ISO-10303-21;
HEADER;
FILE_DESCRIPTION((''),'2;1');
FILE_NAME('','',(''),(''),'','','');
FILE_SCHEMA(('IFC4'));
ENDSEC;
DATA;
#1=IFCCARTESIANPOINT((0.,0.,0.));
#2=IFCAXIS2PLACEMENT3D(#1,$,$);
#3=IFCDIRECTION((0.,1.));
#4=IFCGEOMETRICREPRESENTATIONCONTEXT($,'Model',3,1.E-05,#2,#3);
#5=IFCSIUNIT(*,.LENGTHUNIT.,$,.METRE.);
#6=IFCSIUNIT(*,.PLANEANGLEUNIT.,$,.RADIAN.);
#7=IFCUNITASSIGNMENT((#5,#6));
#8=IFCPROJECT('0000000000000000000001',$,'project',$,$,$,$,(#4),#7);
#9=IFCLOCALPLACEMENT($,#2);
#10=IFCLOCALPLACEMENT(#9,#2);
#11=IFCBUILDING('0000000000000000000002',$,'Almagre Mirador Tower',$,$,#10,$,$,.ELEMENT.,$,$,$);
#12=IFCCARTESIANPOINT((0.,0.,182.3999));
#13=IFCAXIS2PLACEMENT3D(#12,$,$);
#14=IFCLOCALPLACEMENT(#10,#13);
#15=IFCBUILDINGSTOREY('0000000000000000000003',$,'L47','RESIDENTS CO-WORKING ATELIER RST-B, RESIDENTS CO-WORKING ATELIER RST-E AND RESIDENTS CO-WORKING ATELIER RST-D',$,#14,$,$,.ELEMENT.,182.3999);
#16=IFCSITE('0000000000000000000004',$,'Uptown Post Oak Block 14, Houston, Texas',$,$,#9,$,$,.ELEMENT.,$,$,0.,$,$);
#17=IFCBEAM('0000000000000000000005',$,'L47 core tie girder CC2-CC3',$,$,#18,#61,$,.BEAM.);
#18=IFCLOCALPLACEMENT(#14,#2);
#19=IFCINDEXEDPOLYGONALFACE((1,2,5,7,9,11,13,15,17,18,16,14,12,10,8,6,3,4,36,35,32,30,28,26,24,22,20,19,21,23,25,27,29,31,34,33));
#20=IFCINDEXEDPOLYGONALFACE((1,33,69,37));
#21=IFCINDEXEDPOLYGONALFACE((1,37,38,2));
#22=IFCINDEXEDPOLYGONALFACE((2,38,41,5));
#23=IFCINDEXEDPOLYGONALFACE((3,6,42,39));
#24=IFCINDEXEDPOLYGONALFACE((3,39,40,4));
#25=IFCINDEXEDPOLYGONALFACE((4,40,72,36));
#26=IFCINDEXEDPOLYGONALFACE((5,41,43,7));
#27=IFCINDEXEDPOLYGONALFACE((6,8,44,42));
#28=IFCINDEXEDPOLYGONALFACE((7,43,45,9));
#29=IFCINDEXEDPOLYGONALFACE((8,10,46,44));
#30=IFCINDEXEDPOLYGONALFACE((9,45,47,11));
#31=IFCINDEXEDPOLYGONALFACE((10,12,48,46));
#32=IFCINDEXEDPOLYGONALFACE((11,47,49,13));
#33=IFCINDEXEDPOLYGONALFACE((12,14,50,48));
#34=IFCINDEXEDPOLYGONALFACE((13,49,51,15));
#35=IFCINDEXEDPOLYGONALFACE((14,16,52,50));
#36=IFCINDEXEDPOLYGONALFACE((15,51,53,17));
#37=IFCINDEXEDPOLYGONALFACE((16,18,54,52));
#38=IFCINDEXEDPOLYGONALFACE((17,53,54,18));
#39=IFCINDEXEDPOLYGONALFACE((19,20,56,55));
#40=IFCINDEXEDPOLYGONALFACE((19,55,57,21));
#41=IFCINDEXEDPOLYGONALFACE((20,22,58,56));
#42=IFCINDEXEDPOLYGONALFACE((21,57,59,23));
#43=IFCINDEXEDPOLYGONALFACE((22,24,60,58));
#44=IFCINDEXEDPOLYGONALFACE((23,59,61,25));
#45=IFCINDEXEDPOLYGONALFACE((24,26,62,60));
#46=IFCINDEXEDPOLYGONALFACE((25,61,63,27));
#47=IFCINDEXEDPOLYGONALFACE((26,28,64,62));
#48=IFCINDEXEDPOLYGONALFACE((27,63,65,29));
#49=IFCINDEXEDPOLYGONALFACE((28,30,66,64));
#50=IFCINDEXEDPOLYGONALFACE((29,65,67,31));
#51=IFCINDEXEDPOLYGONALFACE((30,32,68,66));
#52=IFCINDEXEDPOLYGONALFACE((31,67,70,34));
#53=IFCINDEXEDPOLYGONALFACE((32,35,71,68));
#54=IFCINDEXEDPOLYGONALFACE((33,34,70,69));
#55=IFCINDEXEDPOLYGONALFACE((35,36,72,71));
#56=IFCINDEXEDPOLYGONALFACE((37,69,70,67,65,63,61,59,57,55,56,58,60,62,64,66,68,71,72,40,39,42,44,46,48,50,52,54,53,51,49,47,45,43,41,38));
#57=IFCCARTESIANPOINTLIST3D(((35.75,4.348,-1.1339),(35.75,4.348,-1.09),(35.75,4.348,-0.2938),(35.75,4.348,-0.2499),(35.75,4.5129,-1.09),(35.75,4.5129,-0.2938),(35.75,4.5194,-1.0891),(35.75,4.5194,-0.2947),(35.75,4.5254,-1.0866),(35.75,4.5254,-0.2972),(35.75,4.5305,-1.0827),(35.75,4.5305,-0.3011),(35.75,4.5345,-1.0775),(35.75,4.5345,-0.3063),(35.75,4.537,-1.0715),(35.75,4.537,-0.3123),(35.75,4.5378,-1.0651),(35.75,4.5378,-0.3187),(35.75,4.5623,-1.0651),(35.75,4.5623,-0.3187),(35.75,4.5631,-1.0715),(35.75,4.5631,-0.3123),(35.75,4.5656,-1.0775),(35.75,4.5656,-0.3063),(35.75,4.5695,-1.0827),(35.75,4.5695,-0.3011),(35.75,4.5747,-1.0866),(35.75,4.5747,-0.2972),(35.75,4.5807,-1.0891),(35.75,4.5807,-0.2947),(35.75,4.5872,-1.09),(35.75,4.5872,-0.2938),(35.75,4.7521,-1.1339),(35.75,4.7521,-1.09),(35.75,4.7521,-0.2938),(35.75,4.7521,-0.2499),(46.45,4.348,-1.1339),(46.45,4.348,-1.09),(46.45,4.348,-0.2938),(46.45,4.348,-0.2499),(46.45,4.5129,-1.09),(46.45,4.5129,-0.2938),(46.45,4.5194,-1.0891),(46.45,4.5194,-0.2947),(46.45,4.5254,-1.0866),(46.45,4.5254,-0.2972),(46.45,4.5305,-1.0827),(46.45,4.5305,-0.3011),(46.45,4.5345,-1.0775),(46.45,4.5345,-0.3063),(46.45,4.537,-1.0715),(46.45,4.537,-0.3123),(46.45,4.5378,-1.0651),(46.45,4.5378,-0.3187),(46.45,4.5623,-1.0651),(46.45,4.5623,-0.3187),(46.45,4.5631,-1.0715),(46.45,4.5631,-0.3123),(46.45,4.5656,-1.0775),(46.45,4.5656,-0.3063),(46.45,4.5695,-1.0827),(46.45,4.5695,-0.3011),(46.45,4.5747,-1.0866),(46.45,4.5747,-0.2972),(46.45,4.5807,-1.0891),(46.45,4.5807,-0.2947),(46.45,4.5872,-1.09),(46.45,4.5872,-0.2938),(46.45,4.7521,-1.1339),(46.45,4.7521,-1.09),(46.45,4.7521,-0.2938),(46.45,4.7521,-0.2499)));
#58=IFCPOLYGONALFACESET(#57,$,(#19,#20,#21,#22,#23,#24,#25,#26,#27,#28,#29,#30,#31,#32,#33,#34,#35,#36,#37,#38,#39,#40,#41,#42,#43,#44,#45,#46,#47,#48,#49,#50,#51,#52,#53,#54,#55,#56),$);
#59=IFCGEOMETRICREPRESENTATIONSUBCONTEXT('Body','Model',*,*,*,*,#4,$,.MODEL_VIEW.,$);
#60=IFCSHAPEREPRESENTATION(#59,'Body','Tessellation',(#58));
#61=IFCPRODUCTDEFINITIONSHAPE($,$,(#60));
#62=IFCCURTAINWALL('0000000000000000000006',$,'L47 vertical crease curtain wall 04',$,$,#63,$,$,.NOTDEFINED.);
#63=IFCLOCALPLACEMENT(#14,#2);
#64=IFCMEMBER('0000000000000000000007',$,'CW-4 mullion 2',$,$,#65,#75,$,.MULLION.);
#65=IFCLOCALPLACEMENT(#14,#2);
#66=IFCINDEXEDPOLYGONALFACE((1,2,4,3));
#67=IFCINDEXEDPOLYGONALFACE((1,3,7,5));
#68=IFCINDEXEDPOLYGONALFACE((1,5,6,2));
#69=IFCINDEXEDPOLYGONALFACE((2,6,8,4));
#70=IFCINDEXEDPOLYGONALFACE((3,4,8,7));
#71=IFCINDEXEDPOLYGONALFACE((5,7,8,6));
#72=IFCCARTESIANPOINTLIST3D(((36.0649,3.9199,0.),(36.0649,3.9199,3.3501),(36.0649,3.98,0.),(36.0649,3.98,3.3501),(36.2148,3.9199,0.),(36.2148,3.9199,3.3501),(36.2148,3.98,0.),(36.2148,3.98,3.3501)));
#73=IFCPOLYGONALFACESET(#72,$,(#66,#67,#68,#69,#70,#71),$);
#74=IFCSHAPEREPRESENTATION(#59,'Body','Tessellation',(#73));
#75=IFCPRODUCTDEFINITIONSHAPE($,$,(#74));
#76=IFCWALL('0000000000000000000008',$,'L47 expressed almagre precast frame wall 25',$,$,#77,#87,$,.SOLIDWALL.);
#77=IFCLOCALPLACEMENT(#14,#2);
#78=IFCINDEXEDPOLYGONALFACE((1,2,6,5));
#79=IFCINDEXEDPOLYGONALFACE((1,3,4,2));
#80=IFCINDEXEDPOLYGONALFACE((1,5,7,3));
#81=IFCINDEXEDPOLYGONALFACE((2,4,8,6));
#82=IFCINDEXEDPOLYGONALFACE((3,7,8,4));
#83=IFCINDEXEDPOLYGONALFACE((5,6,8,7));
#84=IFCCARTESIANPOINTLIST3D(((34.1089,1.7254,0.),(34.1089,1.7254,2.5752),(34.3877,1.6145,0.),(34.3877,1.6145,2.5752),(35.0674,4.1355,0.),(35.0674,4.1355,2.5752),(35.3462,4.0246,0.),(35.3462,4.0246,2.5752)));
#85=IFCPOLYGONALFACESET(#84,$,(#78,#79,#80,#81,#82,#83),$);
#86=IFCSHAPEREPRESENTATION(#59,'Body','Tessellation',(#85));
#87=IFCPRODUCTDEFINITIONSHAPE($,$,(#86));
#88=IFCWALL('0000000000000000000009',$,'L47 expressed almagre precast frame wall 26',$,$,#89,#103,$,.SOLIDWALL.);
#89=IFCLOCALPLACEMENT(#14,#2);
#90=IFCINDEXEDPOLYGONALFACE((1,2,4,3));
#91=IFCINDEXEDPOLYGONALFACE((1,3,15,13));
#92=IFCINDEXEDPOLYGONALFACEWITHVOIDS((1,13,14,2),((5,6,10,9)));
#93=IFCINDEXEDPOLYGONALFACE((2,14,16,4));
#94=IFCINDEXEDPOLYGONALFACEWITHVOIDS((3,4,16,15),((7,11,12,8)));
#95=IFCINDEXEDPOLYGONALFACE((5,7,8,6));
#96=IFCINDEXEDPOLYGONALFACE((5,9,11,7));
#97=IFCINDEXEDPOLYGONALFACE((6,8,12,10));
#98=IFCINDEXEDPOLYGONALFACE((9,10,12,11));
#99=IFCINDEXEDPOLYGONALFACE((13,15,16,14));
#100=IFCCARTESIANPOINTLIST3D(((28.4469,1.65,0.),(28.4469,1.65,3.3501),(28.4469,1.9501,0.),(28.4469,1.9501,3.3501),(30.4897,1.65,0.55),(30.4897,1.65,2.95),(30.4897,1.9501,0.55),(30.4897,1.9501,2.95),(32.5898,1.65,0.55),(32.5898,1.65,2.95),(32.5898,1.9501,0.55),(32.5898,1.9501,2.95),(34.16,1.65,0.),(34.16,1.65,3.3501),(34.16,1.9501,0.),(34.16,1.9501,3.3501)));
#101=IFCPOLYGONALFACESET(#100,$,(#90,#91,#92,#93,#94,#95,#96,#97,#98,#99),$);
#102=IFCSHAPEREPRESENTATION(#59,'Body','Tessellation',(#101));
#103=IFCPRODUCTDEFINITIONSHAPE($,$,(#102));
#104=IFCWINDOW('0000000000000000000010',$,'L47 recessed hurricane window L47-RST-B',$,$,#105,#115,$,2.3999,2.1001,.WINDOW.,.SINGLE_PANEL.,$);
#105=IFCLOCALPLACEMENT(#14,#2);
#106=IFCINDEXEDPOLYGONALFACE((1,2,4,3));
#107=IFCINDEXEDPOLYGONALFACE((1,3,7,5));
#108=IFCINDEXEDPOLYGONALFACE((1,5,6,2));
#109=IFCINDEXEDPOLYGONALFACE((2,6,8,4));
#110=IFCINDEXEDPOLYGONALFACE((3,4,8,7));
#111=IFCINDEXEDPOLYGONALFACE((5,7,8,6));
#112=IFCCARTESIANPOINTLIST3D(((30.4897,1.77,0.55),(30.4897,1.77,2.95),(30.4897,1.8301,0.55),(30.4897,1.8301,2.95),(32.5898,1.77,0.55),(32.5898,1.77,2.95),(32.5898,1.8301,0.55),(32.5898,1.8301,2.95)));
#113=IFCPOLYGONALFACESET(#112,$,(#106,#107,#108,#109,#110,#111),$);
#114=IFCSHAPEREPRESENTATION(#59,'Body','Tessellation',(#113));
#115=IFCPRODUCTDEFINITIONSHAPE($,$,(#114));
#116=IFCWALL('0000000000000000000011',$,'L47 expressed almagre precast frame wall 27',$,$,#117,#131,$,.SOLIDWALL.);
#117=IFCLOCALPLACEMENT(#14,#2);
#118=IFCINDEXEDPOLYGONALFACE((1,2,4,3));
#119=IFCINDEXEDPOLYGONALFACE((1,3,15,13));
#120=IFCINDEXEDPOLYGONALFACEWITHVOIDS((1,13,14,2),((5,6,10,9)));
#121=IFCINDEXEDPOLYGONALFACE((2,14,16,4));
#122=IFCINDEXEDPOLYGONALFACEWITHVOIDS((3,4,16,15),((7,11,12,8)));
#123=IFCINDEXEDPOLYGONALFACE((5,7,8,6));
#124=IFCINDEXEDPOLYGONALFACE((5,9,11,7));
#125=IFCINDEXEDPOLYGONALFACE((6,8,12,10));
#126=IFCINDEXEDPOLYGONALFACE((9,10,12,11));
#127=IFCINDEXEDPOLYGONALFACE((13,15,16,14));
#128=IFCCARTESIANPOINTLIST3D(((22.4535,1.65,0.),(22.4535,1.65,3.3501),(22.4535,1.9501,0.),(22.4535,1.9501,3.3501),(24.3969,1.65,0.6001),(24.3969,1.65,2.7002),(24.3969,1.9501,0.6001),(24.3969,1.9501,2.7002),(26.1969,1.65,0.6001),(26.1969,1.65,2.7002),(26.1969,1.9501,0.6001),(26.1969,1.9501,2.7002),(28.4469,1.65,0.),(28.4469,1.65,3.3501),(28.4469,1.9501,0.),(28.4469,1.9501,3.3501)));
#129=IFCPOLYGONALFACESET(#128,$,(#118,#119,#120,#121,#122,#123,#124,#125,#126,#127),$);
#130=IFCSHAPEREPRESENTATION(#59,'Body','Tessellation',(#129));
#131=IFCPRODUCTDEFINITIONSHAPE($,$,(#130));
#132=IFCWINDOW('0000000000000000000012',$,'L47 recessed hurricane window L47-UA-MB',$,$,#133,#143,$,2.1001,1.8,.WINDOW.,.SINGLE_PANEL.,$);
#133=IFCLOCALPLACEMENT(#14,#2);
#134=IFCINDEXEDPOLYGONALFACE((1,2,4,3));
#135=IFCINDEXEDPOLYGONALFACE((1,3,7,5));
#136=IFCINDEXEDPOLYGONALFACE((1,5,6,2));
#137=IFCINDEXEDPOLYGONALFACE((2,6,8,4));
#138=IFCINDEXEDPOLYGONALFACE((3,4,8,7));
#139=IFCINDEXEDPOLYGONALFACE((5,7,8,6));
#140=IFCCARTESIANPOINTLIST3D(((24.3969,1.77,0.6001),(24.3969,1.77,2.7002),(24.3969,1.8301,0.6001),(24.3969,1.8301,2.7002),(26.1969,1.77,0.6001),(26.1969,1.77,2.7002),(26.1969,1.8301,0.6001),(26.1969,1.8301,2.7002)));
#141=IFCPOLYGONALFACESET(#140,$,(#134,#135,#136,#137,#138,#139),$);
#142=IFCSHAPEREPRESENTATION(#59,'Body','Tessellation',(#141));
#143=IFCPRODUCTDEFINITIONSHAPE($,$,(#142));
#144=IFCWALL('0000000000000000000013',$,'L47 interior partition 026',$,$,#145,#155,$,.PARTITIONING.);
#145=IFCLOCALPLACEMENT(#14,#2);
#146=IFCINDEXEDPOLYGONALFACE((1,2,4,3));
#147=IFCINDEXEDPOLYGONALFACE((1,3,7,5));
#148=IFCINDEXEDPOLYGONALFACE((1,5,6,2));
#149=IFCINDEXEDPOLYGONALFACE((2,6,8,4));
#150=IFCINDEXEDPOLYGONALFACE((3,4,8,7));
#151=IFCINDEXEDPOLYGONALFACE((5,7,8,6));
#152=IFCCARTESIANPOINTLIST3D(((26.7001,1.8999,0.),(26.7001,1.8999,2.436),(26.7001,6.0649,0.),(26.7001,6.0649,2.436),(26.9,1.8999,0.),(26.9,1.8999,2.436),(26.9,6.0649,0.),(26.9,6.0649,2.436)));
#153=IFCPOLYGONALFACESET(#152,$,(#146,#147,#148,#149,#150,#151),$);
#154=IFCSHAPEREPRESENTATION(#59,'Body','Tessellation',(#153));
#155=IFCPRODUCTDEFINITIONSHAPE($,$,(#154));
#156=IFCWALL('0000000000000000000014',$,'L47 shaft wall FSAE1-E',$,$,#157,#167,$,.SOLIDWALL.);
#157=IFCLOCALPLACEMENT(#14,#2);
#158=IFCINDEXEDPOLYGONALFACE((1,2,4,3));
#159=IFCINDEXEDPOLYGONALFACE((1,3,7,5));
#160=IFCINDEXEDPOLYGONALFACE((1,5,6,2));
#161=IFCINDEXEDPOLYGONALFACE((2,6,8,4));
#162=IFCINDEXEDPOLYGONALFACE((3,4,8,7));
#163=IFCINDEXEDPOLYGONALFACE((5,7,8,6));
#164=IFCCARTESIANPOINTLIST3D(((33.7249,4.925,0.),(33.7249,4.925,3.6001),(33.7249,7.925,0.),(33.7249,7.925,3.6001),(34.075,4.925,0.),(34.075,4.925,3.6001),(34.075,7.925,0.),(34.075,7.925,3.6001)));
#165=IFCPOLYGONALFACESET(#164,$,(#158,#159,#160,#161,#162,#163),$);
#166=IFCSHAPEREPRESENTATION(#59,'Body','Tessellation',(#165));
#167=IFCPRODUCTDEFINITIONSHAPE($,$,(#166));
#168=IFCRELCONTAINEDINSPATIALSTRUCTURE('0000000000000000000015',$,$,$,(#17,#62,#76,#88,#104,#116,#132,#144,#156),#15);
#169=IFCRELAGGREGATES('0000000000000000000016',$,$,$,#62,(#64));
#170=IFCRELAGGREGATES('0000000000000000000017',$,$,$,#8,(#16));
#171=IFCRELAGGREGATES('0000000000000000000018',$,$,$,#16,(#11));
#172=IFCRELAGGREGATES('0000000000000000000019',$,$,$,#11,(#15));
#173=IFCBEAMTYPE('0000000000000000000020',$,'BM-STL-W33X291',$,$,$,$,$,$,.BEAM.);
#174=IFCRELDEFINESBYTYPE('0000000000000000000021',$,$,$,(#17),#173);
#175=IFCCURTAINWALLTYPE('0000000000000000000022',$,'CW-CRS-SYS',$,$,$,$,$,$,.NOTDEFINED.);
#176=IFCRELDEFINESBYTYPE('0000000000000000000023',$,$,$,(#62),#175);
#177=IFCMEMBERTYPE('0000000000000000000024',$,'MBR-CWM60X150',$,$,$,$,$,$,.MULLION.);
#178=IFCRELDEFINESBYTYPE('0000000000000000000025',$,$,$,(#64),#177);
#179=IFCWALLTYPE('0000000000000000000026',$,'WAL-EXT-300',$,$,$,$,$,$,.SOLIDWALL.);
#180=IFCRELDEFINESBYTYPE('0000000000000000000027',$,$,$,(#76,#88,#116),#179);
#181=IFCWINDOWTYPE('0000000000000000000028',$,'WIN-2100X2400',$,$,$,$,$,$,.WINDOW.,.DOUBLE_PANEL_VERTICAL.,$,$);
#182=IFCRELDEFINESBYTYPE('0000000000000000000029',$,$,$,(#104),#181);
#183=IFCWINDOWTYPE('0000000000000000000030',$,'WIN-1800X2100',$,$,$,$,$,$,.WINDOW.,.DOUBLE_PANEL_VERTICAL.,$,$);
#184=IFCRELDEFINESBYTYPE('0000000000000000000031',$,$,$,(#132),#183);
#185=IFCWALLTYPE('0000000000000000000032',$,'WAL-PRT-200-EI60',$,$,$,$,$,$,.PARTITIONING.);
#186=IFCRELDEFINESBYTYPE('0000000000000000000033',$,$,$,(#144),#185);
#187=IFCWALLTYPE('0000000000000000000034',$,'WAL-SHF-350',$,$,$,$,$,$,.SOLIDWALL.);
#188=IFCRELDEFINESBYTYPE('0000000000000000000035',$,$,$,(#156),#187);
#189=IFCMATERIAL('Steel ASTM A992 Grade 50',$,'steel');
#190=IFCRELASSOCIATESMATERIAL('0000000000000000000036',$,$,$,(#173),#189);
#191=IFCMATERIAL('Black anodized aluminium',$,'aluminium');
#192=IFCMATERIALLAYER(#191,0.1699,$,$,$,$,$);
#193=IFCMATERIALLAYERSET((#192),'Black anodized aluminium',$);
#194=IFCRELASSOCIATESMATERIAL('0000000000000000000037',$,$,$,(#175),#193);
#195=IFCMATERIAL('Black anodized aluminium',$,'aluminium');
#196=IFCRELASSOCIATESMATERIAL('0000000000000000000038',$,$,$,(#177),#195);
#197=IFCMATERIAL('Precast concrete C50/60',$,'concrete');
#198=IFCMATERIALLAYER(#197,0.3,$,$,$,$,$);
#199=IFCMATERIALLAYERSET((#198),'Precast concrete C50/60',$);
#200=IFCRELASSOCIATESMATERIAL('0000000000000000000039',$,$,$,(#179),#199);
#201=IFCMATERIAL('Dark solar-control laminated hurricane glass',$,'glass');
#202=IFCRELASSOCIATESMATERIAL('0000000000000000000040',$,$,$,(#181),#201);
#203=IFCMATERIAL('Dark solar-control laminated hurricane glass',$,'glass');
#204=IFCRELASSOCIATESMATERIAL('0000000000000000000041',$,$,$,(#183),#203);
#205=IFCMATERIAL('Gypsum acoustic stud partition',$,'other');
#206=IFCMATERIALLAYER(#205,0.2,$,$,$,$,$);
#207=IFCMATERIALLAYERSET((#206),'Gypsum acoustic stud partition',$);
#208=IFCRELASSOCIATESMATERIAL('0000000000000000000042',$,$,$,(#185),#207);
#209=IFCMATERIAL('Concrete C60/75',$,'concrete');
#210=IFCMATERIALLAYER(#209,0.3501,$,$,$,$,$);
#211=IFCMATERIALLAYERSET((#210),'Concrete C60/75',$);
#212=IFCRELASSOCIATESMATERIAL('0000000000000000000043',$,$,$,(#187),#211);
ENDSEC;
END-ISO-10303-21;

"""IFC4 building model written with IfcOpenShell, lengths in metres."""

from ifc_helpers import new_model, si_unit, direction, frame, frame_2d, origin, origin_2d, place, context, subcontext, project, spatial, rectangle, i_section, extrude, material, layer, layer_set, material_profile, profile_set, type_object, element, fill, aggregate, save


model = new_model("IFC4")

# Units and contexts
model_context = context("Model", 3, precision=1e-05, world=origin(), true_north=direction((0.0, 1.0)))
body_context = subcontext(model_context, "Body", "Model", "MODEL_VIEW")
ifc_project = project(units=[si_unit("LENGTHUNIT", "METRE"), si_unit("PLANEANGLEUNIT", "RADIAN")], contexts=[model_context])

# Site, building, storey
site_placement = place(None, origin())
site = spatial("IfcSite", under=ifc_project, at=site_placement, Name="Uptown Post Oak Block 14, Houston, Texas", CompositionType="ELEMENT", RefElevation=0.0)
building_placement = place(site_placement, origin())
building = spatial("IfcBuilding", under=site, at=building_placement, Name="Almagre Mirador Tower", CompositionType="ELEMENT")
storey_placement = place(building_placement, frame((0.0, 0.0, 182.3999)))
storey = spatial("IfcBuildingStorey", under=building, at=storey_placement, Name="L47", Description="RESIDENTS CO-WORKING ATELIER RST-B, RESIDENTS CO-WORKING ATELIER RST-E AND RESIDENTS CO-WORKING ATELIER RST-D", CompositionType="ELEMENT", Elevation=182.3999)

# Beam
ifc_material_1 = material(Name="Steel ASTM A992 Grade 50", Category="steel")
ifc_material_profile_1 = material_profile(ifc_material_1, i_section(OverallWidth=0.4041, OverallDepth=0.884, WebThickness=0.0244, FlangeThickness=0.0439, FilletRadius=0.0249, at=origin_2d()), Name="W33X291")
ifc_profile_set_1 = profile_set([ifc_material_profile_1], Name="Steel ASTM A992 Grade 50")
beam_type_1 = type_object("IfcBeamType", Name="BM-STL-W33X291", PredefinedType="BEAM", material=ifc_profile_set_1)
beam_1_placement = place(storey_placement, frame((35.75, 4.55, -0.6919), z_axis=(1.0, 0.0, 0.0), x_axis=(0.0, 1.0, 0.0)))
element("IfcBeam", 1, at=beam_1_placement, inside=storey, type_object=beam_type_1, Name="L47 core tie girder CC2-CC3", PredefinedType="BEAM", context=body_context, shape_type="SweptSolid", body=[
    extrude(i_section(OverallWidth=0.4041, OverallDepth=0.884, WebThickness=0.0244, FlangeThickness=0.0439, FilletRadius=0.0249, at=origin_2d()), origin(), (0.0, 0.0, 1.0), 10.7),
])

# Curtain wall, member
ifc_material_2 = material(Name="Black anodized aluminium", Category="aluminium")
ifc_layer_1 = layer(ifc_material_2, 0.1699)
ifc_layer_set_1 = layer_set([ifc_layer_1], Name="Black anodized aluminium")
curtain_wall_type = type_object("IfcCurtainWallType", Name="CW-CRS-SYS", PredefinedType="NOTDEFINED", material=ifc_layer_set_1)
curtain_wall_placement = place(storey_placement, origin())
curtain_wall = element("IfcCurtainWall", 2, at=curtain_wall_placement, inside=storey, type_object=curtain_wall_type, Name="L47 vertical crease curtain wall 04", PredefinedType="NOTDEFINED")
ifc_material_3 = material(Name="Black anodized aluminium", Category="aluminium")
ifc_material_profile_2 = material_profile(ifc_material_3, rectangle(XDim=0.0601, YDim=0.1499, at=origin_2d()), Name="CWM60X150")
ifc_profile_set_2 = profile_set([ifc_material_profile_2], Name="Black anodized aluminium")
member_type = type_object("IfcMemberType", Name="MBR-CWM60X150", PredefinedType="MULLION", material=ifc_profile_set_2)
member_placement = place(storey_placement, frame((36.1399, 3.95, 0.0), z_axis=(0.0, 0.0, 1.0), x_axis=(0.0, -1.0, 0.0)))
member = element("IfcMember", 3, at=member_placement, type_object=member_type, Name="CW-4 mullion 2", PredefinedType="MULLION", context=body_context, shape_type="SweptSolid", body=[
    extrude(rectangle(XDim=0.0601, YDim=0.1499, at=origin_2d()), origin(), (0.0, 0.0, 1.0), 3.3501),
])
aggregate(curtain_wall, [member])

# Wall
ifc_material_4 = material(Name="Precast concrete C50/60", Category="concrete")
ifc_layer_2 = layer(ifc_material_4, 0.3)
ifc_layer_set_2 = layer_set([ifc_layer_2], Name="Precast concrete C50/60")
wall_type_1 = type_object("IfcWallType", Name="WAL-EXT-300", PredefinedType="SOLIDWALL", material=ifc_layer_set_2)
wall_1_placement = place(storey_placement, frame((35.2068, 4.0801, 0.0), z_axis=(0.0, 0.0, 1.0), x_axis=(-0.36954, -0.929215, 0.0)))
element("IfcWall", 4, at=wall_1_placement, inside=storey, type_object=wall_type_1, Name="L47 expressed almagre precast frame wall 25", PredefinedType="SOLIDWALL", context=body_context, shape_type="SweptSolid", body=[
    extrude(rectangle(XDim=2.5938, YDim=0.3, at=frame_2d((1.2969, 0.0))), origin(), (0.0, 0.0, 1.0), 2.5752),
])

# Walls, openings, windows
wall_2_placement = place(storey_placement, frame((34.1599, 1.8, 0.0), z_axis=(0.0, 0.0, 1.0), x_axis=(-1.0, 0.0, 0.0)))
wall_2 = element("IfcWall", 5, at=wall_2_placement, inside=storey, type_object=wall_type_1, Name="L47 expressed almagre precast frame wall 26", PredefinedType="SOLIDWALL", context=body_context, shape_type="SweptSolid", body=[
    extrude(rectangle(XDim=5.7131, YDim=0.3, at=frame_2d((2.8564, 0.0))), origin(), (0.0, 0.0, 1.0), 3.3501),
])
opening_1_placement = place(wall_2_placement, frame((1.5701, 0.0, 0.55)))
opening_1 = element("IfcOpeningElement", 6, at=opening_1_placement, cuts=wall_2, PredefinedType="OPENING", context=body_context, shape_type="SweptSolid", body=[
    extrude(rectangle(XDim=2.1001, YDim=2.3999, at=frame_2d((1.05, 1.2))), frame((0.0, 0.1599, 0.0), z_axis=(0.0, -1.0, 0.0), x_axis=(1.0, 0.0, 0.0)), (0.0, 0.0, 1.0), 0.32),
])
ifc_material_5 = material(Name="Dark solar-control laminated hurricane glass", Category="glass")
window_type_1 = type_object("IfcWindowType", Name="WIN-2100X2400", PartitioningType="DOUBLE_PANEL_VERTICAL", PredefinedType="WINDOW", material=ifc_material_5)
window_1_placement = place(opening_1_placement, origin())
window_1 = element("IfcWindow", 7, at=window_1_placement, inside=storey, type_object=window_type_1, Name="L47 recessed hurricane window L47-RST-B", OverallHeight=2.3999, OverallWidth=2.1001, PartitioningType="SINGLE_PANEL", PredefinedType="WINDOW", context=body_context, shape_type="SweptSolid", body=[
    extrude(rectangle(XDim=2.1001, YDim=2.3999, at=frame_2d((1.05, 1.2))), frame((0.0, 0.03, 0.0), z_axis=(0.0, -1.0, 0.0), x_axis=(1.0, 0.0, 0.0)), (0.0, 0.0, 1.0), 0.0601),
])
fill(opening_1, window_1)
wall_3_placement = place(storey_placement, frame((28.4468, 1.8, 0.0), z_axis=(0.0, 0.0, 1.0), x_axis=(-1.0, 0.0, 0.0)))
wall_3 = element("IfcWall", 8, at=wall_3_placement, inside=storey, type_object=wall_type_1, Name="L47 expressed almagre precast frame wall 27", PredefinedType="SOLIDWALL", context=body_context, shape_type="SweptSolid", body=[
    extrude(rectangle(XDim=5.9934, YDim=0.3, at=frame_2d((2.9966, 0.0))), origin(), (0.0, 0.0, 1.0), 3.3501),
])
opening_2_placement = place(wall_3_placement, frame((2.25, 0.0, 0.6001)))
opening_2 = element("IfcOpeningElement", 9, at=opening_2_placement, cuts=wall_3, PredefinedType="OPENING", context=body_context, shape_type="SweptSolid", body=[
    extrude(rectangle(XDim=1.8, YDim=2.1001, at=frame_2d((0.8999, 1.05))), frame((0.0, 0.1599, 0.0), z_axis=(0.0, -1.0, 0.0), x_axis=(1.0, 0.0, 0.0)), (0.0, 0.0, 1.0), 0.32),
])
ifc_material_6 = material(Name="Dark solar-control laminated hurricane glass", Category="glass")
window_type_2 = type_object("IfcWindowType", Name="WIN-1800X2100", PartitioningType="DOUBLE_PANEL_VERTICAL", PredefinedType="WINDOW", material=ifc_material_6)
window_2_placement = place(opening_2_placement, origin())
window_2 = element("IfcWindow", 10, at=window_2_placement, inside=storey, type_object=window_type_2, Name="L47 recessed hurricane window L47-UA-MB", OverallHeight=2.1001, OverallWidth=1.8, PartitioningType="SINGLE_PANEL", PredefinedType="WINDOW", context=body_context, shape_type="SweptSolid", body=[
    extrude(rectangle(XDim=1.8, YDim=2.1001, at=frame_2d((0.8999, 1.05))), frame((0.0, 0.03, 0.0), z_axis=(0.0, -1.0, 0.0), x_axis=(1.0, 0.0, 0.0)), (0.0, 0.0, 1.0), 0.0601),
])
fill(opening_2, window_2)

# Walls
ifc_material_7 = material(Name="Gypsum acoustic stud partition", Category="other")
ifc_layer_3 = layer(ifc_material_7, 0.2)
ifc_layer_set_3 = layer_set([ifc_layer_3], Name="Gypsum acoustic stud partition")
wall_type_2 = type_object("IfcWallType", Name="WAL-PRT-200-EI60", PredefinedType="PARTITIONING", material=ifc_layer_set_3)
wall_4_placement = place(storey_placement, frame((26.8, 1.8999, 0.0), z_axis=(0.0, 0.0, 1.0), x_axis=(0.0, 1.0, 0.0)))
element("IfcWall", 11, at=wall_4_placement, inside=storey, type_object=wall_type_2, Name="L47 interior partition 026", PredefinedType="PARTITIONING", context=body_context, shape_type="SweptSolid", body=[
    extrude(rectangle(XDim=4.165, YDim=0.2, at=frame_2d((2.0825, 0.0))), origin(), (0.0, 0.0, 1.0), 2.436),
])
ifc_material_8 = material(Name="Concrete C60/75", Category="concrete")
ifc_layer_4 = layer(ifc_material_8, 0.3501)
ifc_layer_set_4 = layer_set([ifc_layer_4], Name="Concrete C60/75")
wall_type_3 = type_object("IfcWallType", Name="WAL-SHF-350", PredefinedType="SOLIDWALL", material=ifc_layer_set_4)
wall_5_placement = place(storey_placement, frame((33.8999, 4.925, 0.0), z_axis=(0.0, 0.0, 1.0), x_axis=(0.0, 1.0, 0.0)))
element("IfcWall", 12, at=wall_5_placement, inside=storey, type_object=wall_type_3, Name="L47 shaft wall FSAE1-E", PredefinedType="SOLIDWALL", context=body_context, shape_type="SweptSolid", body=[
    extrude(rectangle(XDim=3.0, YDim=0.3501, at=frame_2d((1.5, 0.0))), origin(), (0.0, 0.0, 1.0), 3.6001),
])

save(model, "model.ifc")
